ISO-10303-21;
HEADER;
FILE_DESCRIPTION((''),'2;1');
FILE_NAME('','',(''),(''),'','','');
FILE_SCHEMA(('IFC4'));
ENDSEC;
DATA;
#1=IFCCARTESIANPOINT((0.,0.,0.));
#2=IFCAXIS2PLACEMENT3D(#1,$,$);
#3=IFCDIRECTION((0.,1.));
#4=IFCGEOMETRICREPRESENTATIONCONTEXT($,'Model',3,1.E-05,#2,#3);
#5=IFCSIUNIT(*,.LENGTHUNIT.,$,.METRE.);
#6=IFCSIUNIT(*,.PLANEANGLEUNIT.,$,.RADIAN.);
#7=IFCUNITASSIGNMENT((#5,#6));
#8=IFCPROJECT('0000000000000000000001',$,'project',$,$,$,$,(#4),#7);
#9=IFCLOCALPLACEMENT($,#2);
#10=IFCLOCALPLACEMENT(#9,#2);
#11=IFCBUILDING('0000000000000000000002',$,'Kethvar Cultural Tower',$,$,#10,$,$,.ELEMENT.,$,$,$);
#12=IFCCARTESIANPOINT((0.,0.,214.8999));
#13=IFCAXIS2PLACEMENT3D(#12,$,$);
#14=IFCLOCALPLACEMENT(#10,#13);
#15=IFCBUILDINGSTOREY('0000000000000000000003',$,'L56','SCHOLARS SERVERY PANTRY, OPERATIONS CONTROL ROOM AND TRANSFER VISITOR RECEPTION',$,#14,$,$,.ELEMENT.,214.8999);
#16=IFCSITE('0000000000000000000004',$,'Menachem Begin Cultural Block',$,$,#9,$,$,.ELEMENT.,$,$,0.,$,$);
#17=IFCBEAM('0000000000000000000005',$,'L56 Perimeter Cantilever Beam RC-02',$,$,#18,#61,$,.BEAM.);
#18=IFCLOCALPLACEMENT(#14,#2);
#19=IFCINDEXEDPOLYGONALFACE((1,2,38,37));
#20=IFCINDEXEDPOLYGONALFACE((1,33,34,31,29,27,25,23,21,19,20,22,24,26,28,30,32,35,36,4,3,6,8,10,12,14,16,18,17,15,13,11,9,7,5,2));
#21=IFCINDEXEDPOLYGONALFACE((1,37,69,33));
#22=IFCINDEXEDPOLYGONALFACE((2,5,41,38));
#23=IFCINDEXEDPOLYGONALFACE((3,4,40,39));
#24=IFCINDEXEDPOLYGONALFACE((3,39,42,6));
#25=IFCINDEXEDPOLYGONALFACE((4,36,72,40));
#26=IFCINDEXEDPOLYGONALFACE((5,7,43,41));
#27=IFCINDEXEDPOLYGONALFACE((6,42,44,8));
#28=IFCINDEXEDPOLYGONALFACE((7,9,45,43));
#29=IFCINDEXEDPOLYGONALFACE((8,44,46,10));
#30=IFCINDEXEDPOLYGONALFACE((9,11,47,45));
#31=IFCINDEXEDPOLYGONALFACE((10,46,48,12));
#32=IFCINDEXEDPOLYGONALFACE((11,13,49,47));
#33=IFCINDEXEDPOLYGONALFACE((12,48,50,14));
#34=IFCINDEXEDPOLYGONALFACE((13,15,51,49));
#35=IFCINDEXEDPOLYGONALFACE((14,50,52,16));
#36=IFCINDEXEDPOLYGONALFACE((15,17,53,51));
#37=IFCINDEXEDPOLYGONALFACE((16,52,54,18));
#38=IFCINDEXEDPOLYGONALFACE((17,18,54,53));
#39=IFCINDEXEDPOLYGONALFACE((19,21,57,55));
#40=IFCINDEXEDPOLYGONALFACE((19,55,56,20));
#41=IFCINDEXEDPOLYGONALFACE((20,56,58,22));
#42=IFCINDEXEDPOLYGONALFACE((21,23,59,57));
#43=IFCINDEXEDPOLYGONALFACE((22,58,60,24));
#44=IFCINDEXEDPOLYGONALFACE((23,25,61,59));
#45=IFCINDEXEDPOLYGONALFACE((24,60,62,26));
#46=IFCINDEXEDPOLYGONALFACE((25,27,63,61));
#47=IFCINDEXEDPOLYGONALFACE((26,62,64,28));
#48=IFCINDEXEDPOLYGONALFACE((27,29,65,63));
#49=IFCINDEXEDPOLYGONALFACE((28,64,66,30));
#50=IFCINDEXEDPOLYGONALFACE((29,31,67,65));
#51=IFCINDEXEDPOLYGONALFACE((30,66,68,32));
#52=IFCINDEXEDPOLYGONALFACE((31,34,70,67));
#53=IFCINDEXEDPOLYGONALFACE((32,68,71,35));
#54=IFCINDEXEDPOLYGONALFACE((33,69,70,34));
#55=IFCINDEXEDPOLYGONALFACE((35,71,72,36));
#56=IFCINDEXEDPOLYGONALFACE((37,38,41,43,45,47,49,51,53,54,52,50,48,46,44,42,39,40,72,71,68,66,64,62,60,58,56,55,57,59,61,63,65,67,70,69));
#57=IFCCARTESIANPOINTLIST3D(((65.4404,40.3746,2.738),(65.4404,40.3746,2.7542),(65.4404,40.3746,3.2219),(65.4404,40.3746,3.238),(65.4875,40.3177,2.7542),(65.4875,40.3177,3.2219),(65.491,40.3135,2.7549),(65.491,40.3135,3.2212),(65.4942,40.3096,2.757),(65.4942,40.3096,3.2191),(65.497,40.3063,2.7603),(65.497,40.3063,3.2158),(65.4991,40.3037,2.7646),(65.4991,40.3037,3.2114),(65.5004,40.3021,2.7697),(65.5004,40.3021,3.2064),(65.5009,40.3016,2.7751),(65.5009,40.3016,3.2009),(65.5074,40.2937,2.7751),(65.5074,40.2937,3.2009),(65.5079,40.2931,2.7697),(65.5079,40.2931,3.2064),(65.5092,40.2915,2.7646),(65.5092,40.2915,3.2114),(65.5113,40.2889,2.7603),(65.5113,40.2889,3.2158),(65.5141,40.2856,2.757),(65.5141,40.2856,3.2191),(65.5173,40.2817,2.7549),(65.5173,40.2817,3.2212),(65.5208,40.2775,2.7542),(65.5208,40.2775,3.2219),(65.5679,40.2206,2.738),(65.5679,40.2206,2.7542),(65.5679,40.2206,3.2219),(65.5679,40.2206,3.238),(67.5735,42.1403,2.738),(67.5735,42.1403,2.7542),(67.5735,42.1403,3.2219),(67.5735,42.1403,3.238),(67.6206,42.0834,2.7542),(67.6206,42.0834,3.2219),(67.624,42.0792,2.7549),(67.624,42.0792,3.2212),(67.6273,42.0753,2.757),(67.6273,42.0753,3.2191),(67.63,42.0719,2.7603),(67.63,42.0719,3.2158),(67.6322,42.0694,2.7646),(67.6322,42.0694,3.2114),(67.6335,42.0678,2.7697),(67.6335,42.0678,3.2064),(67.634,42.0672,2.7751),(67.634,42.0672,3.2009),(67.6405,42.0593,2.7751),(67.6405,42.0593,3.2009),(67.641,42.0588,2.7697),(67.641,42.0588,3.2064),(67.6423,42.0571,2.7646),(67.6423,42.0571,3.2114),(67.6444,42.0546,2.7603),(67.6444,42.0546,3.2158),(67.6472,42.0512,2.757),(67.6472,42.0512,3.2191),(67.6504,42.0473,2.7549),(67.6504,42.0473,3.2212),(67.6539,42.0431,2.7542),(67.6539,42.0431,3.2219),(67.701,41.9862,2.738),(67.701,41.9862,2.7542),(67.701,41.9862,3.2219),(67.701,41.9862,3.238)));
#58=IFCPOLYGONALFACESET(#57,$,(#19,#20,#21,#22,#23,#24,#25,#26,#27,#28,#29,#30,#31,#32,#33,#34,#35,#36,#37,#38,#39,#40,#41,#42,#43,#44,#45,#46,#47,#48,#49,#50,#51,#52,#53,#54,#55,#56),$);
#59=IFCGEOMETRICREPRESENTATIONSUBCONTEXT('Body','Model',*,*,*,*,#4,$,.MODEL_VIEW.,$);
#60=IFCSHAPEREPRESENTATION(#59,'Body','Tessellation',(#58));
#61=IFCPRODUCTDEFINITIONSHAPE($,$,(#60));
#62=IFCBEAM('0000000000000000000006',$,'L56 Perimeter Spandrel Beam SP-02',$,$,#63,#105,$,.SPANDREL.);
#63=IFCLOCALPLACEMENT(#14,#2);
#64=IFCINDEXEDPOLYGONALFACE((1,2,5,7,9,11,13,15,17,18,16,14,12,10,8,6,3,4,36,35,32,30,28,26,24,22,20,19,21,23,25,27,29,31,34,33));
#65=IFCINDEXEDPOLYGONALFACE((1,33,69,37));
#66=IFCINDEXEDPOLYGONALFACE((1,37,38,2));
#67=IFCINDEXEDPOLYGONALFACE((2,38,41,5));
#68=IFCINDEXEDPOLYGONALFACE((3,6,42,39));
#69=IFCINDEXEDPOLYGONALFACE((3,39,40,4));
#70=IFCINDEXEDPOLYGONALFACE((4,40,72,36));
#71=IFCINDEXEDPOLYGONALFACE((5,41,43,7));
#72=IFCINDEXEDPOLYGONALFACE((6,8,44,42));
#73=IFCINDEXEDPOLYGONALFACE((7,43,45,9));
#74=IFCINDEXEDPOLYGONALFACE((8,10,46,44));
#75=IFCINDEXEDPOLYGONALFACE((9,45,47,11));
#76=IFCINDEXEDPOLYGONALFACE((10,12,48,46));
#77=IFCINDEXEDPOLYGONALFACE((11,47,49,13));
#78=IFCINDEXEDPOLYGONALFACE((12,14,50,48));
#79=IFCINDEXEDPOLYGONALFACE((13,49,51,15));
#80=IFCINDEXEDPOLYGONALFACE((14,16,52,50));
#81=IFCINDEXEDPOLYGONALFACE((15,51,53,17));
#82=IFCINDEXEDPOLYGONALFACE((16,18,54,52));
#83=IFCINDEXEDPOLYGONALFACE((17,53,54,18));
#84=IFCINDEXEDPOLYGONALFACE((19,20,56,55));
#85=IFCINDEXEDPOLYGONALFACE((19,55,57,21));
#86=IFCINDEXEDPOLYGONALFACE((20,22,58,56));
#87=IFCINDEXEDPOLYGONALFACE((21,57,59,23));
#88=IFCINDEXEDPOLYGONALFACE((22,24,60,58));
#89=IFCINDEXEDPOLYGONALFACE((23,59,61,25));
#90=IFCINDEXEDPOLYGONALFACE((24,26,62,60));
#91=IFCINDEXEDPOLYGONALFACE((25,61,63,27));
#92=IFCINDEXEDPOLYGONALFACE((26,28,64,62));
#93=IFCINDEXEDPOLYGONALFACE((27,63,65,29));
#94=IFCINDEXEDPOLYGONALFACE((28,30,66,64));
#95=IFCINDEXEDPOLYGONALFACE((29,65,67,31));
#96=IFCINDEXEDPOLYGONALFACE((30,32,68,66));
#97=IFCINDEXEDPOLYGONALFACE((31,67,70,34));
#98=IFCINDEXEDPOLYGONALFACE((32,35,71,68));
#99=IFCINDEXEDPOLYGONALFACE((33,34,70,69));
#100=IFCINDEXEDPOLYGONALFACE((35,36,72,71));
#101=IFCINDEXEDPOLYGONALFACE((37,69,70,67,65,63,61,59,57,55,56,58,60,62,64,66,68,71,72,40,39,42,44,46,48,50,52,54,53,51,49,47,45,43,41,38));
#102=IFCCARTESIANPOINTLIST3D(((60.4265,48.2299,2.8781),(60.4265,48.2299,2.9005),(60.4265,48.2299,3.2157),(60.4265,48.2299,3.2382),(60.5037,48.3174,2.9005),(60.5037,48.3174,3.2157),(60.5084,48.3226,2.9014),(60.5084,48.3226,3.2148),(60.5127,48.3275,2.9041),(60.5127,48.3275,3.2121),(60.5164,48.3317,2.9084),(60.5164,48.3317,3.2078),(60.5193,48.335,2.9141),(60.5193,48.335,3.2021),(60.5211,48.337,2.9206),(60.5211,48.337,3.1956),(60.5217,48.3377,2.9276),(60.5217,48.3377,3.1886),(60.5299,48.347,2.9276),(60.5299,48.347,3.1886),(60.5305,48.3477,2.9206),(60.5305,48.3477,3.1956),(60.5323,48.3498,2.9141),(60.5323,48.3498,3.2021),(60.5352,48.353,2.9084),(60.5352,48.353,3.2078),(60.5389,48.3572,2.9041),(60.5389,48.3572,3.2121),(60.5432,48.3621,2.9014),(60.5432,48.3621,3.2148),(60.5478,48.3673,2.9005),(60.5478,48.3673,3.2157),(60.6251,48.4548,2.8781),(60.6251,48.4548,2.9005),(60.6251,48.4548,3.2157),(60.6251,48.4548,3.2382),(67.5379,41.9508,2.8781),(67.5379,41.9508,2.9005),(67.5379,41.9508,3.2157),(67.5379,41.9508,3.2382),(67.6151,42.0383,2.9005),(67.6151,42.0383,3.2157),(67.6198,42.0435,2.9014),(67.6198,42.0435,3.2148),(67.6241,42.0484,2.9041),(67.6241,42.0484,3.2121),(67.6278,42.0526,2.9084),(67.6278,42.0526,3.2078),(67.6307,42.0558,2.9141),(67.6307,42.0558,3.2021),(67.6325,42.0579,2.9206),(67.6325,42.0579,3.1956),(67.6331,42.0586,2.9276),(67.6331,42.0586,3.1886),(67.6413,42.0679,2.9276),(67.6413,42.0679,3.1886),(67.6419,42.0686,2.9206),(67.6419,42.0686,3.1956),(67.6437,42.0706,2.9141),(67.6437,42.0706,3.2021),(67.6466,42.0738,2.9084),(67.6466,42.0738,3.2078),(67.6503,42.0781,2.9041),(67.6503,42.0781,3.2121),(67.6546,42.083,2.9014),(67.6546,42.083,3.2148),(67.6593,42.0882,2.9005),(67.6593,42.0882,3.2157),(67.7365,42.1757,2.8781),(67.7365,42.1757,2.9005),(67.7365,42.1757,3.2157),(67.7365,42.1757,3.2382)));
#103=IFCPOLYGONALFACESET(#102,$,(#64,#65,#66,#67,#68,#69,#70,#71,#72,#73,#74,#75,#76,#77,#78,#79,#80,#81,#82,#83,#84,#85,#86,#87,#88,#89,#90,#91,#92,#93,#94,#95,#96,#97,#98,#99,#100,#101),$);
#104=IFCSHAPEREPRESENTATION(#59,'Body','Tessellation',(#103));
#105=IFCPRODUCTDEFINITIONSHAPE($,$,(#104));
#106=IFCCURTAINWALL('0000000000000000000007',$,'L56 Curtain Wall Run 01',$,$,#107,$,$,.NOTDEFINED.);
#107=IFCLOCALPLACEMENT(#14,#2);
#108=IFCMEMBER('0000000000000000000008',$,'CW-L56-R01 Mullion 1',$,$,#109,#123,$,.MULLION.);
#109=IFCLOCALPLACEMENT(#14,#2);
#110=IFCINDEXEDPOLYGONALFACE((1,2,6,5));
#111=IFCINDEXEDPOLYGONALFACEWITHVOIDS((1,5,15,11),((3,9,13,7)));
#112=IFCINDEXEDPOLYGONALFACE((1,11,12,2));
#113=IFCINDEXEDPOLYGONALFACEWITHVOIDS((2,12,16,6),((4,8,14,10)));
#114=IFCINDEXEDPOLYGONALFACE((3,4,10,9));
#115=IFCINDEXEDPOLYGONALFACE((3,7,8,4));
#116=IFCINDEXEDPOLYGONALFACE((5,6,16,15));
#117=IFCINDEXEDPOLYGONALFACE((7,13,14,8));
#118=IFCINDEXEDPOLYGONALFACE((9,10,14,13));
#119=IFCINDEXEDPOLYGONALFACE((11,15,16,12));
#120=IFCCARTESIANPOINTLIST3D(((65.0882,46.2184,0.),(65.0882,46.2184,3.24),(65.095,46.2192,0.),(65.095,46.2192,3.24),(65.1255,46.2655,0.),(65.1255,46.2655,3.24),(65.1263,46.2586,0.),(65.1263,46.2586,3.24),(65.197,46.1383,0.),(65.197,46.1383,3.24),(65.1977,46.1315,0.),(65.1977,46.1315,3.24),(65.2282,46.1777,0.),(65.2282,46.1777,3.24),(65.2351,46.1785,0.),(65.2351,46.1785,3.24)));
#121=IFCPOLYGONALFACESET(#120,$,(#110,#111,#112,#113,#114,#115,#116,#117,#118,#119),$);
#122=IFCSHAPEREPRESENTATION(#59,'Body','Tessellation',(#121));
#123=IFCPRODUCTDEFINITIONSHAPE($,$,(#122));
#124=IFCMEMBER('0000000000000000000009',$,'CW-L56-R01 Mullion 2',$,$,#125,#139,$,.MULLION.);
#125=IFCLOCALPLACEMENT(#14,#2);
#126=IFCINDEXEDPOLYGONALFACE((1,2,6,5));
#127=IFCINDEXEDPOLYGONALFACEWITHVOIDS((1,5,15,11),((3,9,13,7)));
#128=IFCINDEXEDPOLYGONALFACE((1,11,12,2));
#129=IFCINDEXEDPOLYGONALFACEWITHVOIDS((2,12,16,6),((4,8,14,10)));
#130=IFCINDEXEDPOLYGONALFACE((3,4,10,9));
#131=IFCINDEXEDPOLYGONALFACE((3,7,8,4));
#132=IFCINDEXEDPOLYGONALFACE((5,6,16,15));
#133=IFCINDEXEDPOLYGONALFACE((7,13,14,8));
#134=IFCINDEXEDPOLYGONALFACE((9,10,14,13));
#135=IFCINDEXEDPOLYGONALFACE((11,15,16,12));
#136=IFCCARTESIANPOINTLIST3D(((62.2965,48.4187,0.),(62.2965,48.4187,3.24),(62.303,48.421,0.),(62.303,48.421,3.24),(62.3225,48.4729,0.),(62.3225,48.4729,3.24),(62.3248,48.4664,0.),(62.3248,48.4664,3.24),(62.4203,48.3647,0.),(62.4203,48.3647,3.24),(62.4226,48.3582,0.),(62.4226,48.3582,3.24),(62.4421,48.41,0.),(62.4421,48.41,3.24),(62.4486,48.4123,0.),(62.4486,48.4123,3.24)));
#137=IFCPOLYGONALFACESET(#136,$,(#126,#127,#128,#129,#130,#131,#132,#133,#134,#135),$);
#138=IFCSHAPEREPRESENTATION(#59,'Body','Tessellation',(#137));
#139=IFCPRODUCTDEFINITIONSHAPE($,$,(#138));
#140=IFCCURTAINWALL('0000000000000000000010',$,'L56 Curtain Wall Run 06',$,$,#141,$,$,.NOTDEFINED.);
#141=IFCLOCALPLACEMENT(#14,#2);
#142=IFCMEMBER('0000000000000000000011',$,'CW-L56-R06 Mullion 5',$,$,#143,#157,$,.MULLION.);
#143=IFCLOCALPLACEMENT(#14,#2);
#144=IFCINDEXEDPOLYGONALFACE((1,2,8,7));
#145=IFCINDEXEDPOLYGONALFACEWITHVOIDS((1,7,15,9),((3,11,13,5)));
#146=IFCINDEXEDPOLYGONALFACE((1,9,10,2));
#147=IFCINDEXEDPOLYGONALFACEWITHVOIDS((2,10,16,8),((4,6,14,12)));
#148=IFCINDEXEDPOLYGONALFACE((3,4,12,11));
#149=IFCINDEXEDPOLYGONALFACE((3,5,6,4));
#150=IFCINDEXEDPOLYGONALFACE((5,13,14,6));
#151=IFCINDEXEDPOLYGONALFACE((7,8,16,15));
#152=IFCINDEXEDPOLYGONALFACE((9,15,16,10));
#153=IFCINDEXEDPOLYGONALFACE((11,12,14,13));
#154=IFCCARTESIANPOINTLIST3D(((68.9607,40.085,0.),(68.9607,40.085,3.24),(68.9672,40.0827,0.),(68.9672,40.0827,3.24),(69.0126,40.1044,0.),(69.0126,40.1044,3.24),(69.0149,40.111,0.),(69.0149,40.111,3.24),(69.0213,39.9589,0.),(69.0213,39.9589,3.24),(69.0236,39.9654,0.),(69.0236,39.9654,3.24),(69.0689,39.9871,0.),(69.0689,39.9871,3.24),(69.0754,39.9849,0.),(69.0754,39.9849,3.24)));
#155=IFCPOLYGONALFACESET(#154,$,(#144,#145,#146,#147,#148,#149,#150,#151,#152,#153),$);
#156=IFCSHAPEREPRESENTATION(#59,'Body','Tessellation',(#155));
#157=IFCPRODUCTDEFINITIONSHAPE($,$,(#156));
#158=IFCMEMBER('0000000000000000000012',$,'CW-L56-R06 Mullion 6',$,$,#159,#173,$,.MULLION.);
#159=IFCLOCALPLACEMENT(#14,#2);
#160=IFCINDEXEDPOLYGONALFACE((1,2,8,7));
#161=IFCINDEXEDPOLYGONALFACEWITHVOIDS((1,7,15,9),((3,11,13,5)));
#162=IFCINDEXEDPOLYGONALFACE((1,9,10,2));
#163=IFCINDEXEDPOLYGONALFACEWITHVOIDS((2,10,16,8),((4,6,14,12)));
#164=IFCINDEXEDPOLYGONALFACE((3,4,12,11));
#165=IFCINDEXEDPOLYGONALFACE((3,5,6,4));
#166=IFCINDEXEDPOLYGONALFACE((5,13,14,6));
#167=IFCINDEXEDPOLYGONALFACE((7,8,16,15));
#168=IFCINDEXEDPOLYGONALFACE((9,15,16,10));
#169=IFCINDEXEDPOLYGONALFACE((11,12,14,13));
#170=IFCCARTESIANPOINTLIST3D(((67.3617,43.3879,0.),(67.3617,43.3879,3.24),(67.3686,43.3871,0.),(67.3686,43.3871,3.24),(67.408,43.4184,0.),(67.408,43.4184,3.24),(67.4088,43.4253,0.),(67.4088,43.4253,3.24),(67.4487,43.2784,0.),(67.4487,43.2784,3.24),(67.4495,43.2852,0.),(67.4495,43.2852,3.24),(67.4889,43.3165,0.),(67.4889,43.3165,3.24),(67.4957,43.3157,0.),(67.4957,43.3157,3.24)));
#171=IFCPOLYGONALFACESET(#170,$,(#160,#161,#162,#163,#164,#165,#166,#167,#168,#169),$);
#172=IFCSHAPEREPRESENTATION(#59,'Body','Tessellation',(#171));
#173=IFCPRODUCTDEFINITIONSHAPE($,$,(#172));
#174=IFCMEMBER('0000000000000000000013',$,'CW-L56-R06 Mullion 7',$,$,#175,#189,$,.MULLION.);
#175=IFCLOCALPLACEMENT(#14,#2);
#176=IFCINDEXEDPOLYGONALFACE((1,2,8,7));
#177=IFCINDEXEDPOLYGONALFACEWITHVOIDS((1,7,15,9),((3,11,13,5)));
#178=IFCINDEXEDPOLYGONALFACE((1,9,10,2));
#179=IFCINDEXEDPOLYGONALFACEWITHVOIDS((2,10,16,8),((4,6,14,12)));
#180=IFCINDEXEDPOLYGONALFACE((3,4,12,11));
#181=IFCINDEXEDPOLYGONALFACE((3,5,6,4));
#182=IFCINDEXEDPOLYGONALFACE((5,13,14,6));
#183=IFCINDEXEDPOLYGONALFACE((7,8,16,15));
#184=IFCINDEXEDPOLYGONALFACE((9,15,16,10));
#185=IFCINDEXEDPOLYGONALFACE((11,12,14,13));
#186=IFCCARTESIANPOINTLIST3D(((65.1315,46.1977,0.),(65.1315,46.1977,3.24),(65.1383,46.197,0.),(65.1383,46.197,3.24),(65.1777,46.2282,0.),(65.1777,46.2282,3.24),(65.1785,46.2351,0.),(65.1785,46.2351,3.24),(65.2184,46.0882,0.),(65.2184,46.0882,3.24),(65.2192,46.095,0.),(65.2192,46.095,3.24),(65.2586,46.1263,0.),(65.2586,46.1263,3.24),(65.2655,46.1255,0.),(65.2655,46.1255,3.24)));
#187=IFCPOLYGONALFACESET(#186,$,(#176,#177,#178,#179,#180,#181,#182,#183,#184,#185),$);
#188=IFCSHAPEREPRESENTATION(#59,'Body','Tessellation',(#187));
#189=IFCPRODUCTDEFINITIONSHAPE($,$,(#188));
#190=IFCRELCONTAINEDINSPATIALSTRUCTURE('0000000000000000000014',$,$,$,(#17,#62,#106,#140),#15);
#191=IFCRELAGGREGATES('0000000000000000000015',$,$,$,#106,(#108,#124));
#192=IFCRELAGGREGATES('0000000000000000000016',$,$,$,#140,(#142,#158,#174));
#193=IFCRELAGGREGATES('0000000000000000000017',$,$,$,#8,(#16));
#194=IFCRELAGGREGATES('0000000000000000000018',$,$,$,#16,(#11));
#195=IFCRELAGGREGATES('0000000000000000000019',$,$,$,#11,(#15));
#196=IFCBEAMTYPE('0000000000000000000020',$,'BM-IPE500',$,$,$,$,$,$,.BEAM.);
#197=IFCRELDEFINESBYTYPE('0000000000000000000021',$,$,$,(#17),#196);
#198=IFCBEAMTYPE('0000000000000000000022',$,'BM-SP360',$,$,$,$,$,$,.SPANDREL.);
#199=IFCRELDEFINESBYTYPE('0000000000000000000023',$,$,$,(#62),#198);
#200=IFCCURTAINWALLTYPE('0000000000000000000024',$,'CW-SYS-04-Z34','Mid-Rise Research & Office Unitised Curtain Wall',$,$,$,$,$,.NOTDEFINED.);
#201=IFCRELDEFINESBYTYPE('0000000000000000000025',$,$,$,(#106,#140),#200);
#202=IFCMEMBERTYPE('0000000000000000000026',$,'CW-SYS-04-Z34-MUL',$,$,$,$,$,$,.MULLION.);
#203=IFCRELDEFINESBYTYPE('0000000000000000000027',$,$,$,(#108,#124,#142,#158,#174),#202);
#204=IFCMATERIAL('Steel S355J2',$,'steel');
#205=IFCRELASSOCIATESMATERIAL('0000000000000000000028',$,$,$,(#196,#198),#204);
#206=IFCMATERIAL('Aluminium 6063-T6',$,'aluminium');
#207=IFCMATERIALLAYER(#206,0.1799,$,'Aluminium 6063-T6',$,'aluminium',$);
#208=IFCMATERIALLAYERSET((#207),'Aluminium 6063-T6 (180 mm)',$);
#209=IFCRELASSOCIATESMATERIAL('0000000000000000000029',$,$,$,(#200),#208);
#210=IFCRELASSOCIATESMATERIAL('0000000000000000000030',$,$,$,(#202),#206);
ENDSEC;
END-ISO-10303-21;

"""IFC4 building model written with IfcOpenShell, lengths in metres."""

from ifc_helpers import new_model, si_unit, direction, frame, origin, origin_2d, place, context, subcontext, project, spatial, hollow_rectangle, i_section, extrude, source, transform, mapped, material, layer, layer_set, material_profile, profile_set, type_object, element, aggregate, save


model = new_model("IFC4")

# Units and contexts
model_context = context("Model", 3, precision=1e-05, world=origin(), true_north=direction((0.0, 1.0)))
body_context = subcontext(model_context, "Body", "Model", "MODEL_VIEW")
ifc_project = project(units=[si_unit("LENGTHUNIT", "METRE"), si_unit("PLANEANGLEUNIT", "RADIAN")], contexts=[model_context])

# Site, building, storey
site_placement = place(None, origin())
site = spatial("IfcSite", under=ifc_project, at=site_placement, Name="Menachem Begin Cultural Block", CompositionType="ELEMENT", RefElevation=0.0)
building_placement = place(site_placement, origin())
building = spatial("IfcBuilding", under=site, at=building_placement, Name="Kethvar Cultural Tower", CompositionType="ELEMENT")
storey_placement = place(building_placement, frame((0.0, 0.0, 214.8999)))
storey = spatial("IfcBuildingStorey", under=building, at=storey_placement, Name="L56", Description="SCHOLARS SERVERY PANTRY, OPERATIONS CONTROL ROOM AND TRANSFER VISITOR RECEPTION", CompositionType="ELEMENT", Elevation=214.8999)

# Beams
ifc_material_1 = material(Name="Steel S355J2", Category="steel")
ifc_material_profile_1 = material_profile(ifc_material_1, i_section(OverallWidth=0.2, OverallDepth=0.5, WebThickness=0.0103, FlangeThickness=0.0161, FilletRadius=0.021, at=origin_2d()), Name="Steel S355J2 — IPE500")
ifc_profile_set_1 = profile_set([ifc_material_profile_1], Name="Steel S355J2 — IPE500")
beam_type_1 = type_object("IfcBeamType", Name="BM-IPE500", PredefinedType="BEAM", material=ifc_profile_set_1)
ifc_material_profile_2 = material_profile(ifc_material_1, i_section(OverallWidth=0.3, OverallDepth=0.3601, WebThickness=0.0125, FlangeThickness=0.0225, FilletRadius=0.0271, at=origin_2d()), Name="Steel S355J2 — HEB360")
ifc_profile_set_2 = profile_set([ifc_material_profile_2], Name="Steel S355J2 — HEB360")
beam_type_2 = type_object("IfcBeamType", Name="BM-SP360", PredefinedType="SPANDREL", material=ifc_profile_set_2)
shared_shape_1 = source(origin(), body_context, "Body", "SweptSolid", [
    extrude(i_section(OverallWidth=0.2, OverallDepth=0.5, WebThickness=0.0103, FlangeThickness=0.0161, FilletRadius=0.021, at=origin_2d()), origin(), (0.0, 0.0, 1.0), 2.769),
])
beam_1_placement = place(storey_placement, frame((65.5042, 40.2976, 2.988), z_axis=(0.770335, 0.63764, 0.0), x_axis=(-0.63764, 0.770335, 0.0)))
element("IfcBeam", 1, at=beam_1_placement, inside=storey, type_object=beam_type_1, Name="L56 Perimeter Cantilever Beam RC-02", PredefinedType="BEAM", context=body_context, shape_type="MappedRepresentation", body=[
    mapped(shared_shape_1, transform((0.0, 0.0, 0.0), scale=1.0)),
])
shared_shape_2 = source(origin(), body_context, "Body", "SweptSolid", [
    extrude(i_section(OverallWidth=0.3, OverallDepth=0.3601, WebThickness=0.0125, FlangeThickness=0.0225, FilletRadius=0.0271, at=origin_2d()), origin(), (0.0, 0.0, 1.0), 9.4868),
])
beam_2_placement = place(storey_placement, frame((67.6372, 42.0632, 3.0581), z_axis=(-0.74961, 0.661879, 0.0), x_axis=(-0.661879, -0.74961, 0.0)))
element("IfcBeam", 2, at=beam_2_placement, inside=storey, type_object=beam_type_2, Name="L56 Perimeter Spandrel Beam SP-02", PredefinedType="SPANDREL", context=body_context, shape_type="MappedRepresentation", body=[
    mapped(shared_shape_2, transform((0.0, 0.0, 0.0), scale=1.0)),
])

# Curtain walls, members
ifc_material_2 = material(Name="Aluminium 6063-T6", Category="aluminium")
ifc_layer_1 = layer(ifc_material_2, 0.1799, Name="Aluminium 6063-T6", Category="aluminium")
ifc_layer_set_1 = layer_set([ifc_layer_1], Name="Aluminium 6063-T6 (180 mm)")
curtain_wall_type = type_object("IfcCurtainWallType", Name="CW-SYS-04-Z34", Description="Mid-Rise Research & Office Unitised Curtain Wall", PredefinedType="NOTDEFINED", material=ifc_layer_set_1)
curtain_wall_1_placement = place(storey_placement, origin())
curtain_wall_1 = element("IfcCurtainWall", 3, at=curtain_wall_1_placement, inside=storey, type_object=curtain_wall_type, Name="L56 Curtain Wall Run 01", PredefinedType="NOTDEFINED")
ifc_material_profile_3 = material_profile(ifc_material_2, hollow_rectangle(XDim=0.0601, YDim=0.1399, WallThickness=0.0049, at=origin_2d()), Name="Aluminium 6063-T6 — RHS140x60x5")
ifc_profile_set_3 = profile_set([ifc_material_profile_3], Name="Aluminium 6063-T6 — RHS140x60x5")
member_type_1 = type_object("IfcMemberType", Name="CW-SYS-04-Z34-MUL", PredefinedType="MULLION", material=ifc_profile_set_3)
shared_shape_3 = source(origin(), body_context, "Body", "SweptSolid", [
    extrude(hollow_rectangle(XDim=0.0601, YDim=0.1399, WallThickness=0.0049, at=origin_2d()), origin(), (0.0, 0.0, 1.0), 3.24),
])
member_1_placement = place(storey_placement, frame((65.1616, 46.1985, 0.0), z_axis=(0.0, 0.0, 1.0), x_axis=(-0.621654, -0.783292, 0.0)))
member_1 = element("IfcMember", 4, at=member_1_placement, type_object=member_type_1, Name="CW-L56-R01 Mullion 1", PredefinedType="MULLION", context=body_context, shape_type="MappedRepresentation", body=[
    mapped(shared_shape_3, transform((0.0, 0.0, 0.0), scale=1.0)),
])
member_2_placement = place(storey_placement, frame((62.3726, 48.4155, 0.0), z_axis=(0.0, 0.0, 1.0), x_axis=(-0.43281, -0.901485, 0.0)))
member_2 = element("IfcMember", 5, at=member_2_placement, type_object=member_type_1, Name="CW-L56-R01 Mullion 2", PredefinedType="MULLION", context=body_context, shape_type="MappedRepresentation", body=[
    mapped(shared_shape_3, transform((0.0, 0.0, 0.0), scale=1.0)),
])
curtain_wall_2_placement = place(storey_placement, origin())
curtain_wall_2 = element("IfcCurtainWall", 6, at=curtain_wall_2_placement, inside=storey, type_object=curtain_wall_type, Name="L56 Curtain Wall Run 06", PredefinedType="NOTDEFINED")
member_3_placement = place(storey_placement, frame((69.0181, 40.0349, 0.0), z_axis=(0.0, 0.0, 1.0), x_axis=(-0.901485, -0.43281, 0.0)))
member_3 = element("IfcMember", 7, at=member_3_placement, type_object=member_type_1, Name="CW-L56-R06 Mullion 5", PredefinedType="MULLION", context=body_context, shape_type="MappedRepresentation", body=[
    mapped(shared_shape_3, transform((0.0, 0.0, 0.0), scale=1.0)),
])
member_4_placement = place(storey_placement, frame((67.4287, 43.3518, 0.0), z_axis=(0.0, 0.0, 1.0), x_axis=(-0.783292, -0.621654, 0.0)))
member_4 = element("IfcMember", 8, at=member_4_placement, type_object=member_type_1, Name="CW-L56-R06 Mullion 6", PredefinedType="MULLION", context=body_context, shape_type="MappedRepresentation", body=[
    mapped(shared_shape_3, transform((0.0, 0.0, 0.0), scale=1.0)),
])
member_5_placement = place(storey_placement, frame((65.1985, 46.1616, 0.0), z_axis=(0.0, 0.0, 1.0), x_axis=(-0.783292, -0.621654, 0.0)))
member_5 = element("IfcMember", 9, at=member_5_placement, type_object=member_type_1, Name="CW-L56-R06 Mullion 7", PredefinedType="MULLION", context=body_context, shape_type="MappedRepresentation", body=[
    mapped(shared_shape_3, transform((0.0, 0.0, 0.0), scale=1.0)),
])

aggregate(curtain_wall_1, [member_1, member_2])
aggregate(curtain_wall_2, [member_3, member_4, member_5])

save(model, "model.ifc")
